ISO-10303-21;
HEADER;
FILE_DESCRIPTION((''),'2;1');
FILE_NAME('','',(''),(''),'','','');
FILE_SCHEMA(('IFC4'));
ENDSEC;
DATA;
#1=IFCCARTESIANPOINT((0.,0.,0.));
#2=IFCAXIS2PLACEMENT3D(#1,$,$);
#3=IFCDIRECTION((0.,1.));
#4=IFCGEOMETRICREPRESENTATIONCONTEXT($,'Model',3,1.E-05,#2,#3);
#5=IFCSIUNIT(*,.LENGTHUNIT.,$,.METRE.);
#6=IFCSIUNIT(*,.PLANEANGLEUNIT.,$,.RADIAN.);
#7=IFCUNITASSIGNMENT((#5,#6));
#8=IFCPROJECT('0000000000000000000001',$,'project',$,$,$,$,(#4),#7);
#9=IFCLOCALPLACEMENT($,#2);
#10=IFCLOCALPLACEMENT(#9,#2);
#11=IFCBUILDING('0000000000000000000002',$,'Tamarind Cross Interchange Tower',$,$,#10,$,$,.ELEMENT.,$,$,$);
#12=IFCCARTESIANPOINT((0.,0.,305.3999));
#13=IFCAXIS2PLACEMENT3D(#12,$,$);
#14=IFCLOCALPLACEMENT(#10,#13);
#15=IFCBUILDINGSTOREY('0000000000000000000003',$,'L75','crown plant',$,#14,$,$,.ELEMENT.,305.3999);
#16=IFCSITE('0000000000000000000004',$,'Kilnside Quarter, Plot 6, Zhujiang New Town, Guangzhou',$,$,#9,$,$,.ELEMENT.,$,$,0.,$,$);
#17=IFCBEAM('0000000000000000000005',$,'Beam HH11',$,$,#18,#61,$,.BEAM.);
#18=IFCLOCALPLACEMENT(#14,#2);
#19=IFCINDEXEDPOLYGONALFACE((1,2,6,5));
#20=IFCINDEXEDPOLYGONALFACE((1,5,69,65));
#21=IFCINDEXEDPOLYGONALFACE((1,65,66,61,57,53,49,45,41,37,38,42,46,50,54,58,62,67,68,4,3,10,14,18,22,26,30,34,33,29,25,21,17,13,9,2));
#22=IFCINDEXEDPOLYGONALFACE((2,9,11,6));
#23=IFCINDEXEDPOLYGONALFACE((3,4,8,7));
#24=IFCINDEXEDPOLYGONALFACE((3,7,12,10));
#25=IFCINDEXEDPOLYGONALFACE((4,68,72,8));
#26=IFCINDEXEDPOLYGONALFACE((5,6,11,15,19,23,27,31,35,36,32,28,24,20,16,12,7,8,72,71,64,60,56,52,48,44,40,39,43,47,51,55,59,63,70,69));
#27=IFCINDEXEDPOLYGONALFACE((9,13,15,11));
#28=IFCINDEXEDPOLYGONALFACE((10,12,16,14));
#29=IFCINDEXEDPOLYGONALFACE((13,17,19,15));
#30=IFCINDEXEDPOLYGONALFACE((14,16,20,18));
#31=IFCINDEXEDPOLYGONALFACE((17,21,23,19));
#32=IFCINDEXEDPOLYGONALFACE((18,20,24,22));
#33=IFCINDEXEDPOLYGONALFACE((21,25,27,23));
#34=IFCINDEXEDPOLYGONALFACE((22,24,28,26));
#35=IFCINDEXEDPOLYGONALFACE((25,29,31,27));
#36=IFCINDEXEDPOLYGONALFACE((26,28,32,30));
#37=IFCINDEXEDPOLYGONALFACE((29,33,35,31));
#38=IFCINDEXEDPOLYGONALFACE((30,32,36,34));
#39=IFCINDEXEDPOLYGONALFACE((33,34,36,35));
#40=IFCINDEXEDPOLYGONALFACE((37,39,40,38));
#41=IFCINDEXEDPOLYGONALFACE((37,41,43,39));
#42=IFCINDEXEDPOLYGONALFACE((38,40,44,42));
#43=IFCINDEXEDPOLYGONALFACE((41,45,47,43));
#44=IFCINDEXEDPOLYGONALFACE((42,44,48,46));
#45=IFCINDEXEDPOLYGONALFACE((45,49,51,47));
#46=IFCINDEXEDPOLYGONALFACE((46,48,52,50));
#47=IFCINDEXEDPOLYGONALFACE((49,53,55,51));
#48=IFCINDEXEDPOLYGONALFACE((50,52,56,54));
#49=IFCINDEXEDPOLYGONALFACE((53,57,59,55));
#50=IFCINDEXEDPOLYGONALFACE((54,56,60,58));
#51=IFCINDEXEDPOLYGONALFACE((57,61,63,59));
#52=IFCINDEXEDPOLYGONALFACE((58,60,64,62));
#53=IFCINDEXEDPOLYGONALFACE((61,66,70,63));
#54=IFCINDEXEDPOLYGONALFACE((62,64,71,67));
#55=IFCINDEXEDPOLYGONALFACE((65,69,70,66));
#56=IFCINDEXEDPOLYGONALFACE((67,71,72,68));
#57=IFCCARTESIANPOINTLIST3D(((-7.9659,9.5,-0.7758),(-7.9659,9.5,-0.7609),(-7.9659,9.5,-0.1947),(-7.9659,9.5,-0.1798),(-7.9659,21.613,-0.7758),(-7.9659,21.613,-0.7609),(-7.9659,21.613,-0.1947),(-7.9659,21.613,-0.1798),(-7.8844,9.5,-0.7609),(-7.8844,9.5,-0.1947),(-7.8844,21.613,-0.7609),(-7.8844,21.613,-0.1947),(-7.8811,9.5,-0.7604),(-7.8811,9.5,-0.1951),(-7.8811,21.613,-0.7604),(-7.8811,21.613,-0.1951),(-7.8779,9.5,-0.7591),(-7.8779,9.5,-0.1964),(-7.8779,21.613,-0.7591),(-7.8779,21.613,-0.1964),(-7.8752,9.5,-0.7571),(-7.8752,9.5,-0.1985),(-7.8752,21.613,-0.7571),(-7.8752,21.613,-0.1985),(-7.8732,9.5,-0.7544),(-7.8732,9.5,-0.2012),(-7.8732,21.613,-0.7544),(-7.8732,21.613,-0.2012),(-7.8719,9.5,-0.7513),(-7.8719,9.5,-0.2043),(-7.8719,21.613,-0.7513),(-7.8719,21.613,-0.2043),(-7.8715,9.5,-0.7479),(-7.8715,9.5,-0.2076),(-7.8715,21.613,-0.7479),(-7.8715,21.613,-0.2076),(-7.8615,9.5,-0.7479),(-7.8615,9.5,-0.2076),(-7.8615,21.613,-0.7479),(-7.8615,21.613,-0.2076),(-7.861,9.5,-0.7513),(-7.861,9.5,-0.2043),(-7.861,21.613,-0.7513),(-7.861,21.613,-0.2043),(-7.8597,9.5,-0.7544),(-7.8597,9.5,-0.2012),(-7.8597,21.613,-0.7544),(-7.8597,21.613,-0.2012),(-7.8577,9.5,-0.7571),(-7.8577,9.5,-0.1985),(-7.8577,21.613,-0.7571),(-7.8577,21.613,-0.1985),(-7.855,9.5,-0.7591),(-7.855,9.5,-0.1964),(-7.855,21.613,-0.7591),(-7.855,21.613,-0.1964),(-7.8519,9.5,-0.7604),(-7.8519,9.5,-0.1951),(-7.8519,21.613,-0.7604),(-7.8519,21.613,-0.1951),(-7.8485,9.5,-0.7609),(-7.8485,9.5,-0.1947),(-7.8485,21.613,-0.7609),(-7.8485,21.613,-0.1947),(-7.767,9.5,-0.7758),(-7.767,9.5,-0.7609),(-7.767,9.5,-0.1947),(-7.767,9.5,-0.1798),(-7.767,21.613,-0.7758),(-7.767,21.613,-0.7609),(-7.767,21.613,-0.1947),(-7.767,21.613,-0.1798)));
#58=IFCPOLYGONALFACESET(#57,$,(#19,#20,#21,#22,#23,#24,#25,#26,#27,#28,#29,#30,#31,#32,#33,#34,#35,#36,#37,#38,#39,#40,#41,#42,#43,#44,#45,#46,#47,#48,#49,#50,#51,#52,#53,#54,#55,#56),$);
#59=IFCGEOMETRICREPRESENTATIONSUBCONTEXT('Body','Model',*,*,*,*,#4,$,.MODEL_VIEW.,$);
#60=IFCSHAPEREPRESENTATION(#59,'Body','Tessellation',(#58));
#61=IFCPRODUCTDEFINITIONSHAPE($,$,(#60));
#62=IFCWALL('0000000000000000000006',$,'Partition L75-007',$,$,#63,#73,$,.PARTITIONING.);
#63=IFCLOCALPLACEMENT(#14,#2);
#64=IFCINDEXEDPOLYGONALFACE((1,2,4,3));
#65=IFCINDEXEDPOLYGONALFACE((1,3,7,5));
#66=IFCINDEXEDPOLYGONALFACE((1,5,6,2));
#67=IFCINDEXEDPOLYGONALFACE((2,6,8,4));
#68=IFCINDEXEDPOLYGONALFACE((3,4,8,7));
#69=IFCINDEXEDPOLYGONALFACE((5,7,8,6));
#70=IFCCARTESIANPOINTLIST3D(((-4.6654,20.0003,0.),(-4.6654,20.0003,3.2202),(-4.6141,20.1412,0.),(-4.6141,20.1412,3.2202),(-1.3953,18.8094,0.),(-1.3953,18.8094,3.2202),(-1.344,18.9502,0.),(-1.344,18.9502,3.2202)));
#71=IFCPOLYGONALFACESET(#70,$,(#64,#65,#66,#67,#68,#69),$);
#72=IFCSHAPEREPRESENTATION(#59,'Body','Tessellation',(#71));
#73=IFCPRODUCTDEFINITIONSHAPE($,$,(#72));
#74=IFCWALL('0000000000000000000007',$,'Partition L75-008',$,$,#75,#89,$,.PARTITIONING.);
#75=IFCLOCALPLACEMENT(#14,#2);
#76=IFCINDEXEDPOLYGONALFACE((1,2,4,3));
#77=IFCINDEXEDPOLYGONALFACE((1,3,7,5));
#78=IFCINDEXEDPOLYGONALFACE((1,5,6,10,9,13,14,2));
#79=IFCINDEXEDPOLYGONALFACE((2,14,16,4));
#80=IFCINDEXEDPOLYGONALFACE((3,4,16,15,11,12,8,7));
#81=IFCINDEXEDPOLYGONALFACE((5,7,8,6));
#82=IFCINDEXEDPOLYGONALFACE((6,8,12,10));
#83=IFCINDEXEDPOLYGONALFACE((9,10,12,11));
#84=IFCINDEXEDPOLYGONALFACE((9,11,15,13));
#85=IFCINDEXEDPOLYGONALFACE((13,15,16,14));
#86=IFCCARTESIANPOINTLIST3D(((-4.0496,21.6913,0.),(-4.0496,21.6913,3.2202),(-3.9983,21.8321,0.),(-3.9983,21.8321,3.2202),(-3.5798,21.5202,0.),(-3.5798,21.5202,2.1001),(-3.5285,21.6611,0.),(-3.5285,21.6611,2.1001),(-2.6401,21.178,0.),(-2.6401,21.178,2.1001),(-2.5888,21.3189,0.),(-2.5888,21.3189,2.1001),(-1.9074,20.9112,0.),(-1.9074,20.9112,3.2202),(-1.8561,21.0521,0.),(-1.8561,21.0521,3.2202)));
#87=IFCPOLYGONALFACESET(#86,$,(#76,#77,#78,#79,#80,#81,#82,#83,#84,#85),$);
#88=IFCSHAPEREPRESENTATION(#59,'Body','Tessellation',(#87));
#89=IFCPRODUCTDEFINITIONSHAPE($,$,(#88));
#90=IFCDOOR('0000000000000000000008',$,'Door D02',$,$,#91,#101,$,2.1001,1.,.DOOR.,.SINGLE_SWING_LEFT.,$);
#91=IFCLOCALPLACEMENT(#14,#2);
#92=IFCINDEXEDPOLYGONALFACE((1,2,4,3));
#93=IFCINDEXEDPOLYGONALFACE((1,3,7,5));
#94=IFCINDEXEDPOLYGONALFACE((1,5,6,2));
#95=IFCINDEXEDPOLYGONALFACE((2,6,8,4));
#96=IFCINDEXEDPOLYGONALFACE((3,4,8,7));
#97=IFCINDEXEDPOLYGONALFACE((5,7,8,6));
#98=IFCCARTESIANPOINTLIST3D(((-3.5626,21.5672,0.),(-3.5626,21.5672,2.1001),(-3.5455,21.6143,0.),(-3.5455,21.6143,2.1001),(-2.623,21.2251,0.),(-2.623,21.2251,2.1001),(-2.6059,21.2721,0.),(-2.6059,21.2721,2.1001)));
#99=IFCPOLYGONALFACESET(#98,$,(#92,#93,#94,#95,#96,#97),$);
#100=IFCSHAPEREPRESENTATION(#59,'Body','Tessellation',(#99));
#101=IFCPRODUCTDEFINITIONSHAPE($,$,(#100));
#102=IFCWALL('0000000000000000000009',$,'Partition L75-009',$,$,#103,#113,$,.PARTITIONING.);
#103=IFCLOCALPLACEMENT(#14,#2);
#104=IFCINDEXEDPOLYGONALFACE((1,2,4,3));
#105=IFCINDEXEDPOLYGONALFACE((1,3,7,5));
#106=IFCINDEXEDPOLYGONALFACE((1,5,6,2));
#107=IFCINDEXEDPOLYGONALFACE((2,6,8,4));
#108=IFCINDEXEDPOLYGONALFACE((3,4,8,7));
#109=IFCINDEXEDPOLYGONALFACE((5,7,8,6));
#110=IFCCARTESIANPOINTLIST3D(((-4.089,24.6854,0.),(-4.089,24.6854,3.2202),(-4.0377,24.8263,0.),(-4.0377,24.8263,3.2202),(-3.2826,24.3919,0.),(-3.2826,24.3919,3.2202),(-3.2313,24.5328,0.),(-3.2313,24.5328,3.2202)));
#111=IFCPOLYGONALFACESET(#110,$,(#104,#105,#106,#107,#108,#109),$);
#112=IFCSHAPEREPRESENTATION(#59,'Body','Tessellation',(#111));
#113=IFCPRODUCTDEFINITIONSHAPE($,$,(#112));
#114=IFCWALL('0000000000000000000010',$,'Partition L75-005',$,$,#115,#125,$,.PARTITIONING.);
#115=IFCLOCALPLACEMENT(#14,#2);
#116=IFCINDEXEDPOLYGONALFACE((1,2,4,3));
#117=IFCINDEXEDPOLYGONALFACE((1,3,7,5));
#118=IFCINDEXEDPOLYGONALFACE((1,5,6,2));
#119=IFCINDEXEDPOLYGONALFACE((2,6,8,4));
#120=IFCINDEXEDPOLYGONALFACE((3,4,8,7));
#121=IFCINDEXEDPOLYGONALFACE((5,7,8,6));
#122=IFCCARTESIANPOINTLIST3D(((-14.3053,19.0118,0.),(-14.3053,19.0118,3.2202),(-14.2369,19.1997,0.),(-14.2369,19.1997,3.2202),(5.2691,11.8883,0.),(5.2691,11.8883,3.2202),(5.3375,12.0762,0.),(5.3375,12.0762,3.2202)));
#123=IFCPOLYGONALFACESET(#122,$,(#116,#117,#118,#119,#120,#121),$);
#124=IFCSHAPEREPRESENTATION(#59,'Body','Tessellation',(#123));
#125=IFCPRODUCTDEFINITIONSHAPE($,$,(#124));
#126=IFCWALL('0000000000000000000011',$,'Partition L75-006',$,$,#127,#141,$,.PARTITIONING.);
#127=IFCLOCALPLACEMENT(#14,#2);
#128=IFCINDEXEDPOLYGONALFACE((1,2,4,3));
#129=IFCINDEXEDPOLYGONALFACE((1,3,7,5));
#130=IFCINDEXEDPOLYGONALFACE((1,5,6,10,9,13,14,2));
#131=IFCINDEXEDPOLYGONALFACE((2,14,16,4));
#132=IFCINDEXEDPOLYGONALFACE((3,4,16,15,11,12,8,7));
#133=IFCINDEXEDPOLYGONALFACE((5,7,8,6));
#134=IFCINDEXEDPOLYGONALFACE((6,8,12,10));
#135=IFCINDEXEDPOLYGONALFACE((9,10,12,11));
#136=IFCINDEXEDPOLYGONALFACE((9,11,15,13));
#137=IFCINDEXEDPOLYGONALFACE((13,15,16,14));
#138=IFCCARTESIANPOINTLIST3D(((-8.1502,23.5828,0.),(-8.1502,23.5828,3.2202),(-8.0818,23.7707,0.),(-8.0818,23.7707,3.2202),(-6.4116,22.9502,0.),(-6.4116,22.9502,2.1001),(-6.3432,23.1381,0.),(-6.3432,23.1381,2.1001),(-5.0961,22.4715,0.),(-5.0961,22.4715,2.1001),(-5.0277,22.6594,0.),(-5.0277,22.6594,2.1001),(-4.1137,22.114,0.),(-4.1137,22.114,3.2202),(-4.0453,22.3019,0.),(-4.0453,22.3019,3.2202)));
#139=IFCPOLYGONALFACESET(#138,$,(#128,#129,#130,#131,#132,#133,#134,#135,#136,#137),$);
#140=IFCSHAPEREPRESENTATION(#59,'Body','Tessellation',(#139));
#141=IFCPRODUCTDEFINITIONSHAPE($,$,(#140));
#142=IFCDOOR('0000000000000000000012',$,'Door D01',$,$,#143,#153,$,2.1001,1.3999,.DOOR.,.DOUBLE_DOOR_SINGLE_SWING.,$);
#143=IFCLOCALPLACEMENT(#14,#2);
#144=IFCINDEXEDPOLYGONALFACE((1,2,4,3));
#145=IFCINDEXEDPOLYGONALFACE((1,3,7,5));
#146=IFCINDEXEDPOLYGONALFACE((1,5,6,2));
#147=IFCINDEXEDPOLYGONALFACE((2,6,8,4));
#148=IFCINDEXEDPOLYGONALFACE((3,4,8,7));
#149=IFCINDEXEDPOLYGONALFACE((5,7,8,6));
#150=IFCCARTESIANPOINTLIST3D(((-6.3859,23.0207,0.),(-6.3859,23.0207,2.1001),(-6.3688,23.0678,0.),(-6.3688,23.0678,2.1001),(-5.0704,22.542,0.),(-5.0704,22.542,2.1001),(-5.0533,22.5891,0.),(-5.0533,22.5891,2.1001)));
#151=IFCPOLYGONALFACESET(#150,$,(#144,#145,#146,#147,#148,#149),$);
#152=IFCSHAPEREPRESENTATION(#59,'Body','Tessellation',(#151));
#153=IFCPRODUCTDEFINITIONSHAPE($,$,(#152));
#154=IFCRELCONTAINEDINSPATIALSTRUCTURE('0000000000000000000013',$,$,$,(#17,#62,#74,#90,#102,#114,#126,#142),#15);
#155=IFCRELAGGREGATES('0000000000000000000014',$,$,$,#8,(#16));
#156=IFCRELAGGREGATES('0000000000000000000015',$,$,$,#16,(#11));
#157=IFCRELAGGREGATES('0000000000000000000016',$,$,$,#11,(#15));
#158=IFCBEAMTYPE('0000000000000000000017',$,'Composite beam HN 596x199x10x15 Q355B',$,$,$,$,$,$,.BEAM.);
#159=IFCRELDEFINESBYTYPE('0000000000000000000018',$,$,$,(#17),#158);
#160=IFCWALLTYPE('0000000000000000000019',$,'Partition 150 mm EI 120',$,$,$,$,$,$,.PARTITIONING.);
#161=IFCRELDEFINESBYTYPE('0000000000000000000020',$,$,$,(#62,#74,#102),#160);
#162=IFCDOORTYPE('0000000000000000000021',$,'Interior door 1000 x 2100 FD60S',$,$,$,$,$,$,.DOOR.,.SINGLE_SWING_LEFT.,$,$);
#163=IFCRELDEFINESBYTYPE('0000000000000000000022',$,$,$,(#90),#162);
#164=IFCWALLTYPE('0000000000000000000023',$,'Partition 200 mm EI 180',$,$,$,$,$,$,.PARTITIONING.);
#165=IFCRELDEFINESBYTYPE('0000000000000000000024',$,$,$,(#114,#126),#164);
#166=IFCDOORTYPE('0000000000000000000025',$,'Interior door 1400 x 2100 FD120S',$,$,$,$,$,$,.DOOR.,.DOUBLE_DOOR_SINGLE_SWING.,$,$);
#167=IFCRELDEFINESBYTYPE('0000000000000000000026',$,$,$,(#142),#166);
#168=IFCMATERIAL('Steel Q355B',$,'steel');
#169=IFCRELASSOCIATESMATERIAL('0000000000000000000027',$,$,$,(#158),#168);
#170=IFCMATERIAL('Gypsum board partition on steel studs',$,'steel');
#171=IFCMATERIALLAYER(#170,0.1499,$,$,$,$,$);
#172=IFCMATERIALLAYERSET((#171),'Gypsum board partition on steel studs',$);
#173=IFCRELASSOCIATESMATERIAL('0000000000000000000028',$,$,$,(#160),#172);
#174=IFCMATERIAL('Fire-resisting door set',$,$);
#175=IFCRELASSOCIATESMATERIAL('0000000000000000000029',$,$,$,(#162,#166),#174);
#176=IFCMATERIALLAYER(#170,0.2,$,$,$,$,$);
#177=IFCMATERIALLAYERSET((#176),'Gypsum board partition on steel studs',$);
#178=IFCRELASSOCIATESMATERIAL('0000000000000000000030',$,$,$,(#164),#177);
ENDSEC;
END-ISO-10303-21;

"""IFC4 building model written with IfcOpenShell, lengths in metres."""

from ifc_helpers import new_model, si_unit, direction, frame, frame_2d, origin, origin_2d, place, context, subcontext, project, spatial, rectangle, i_section, extrude, material, layer, layer_set, material_profile, profile_set, type_object, element, fill, save


model = new_model("IFC4")

# Units and contexts
model_context = context("Model", 3, precision=1e-05, world=origin(), true_north=direction((0.0, 1.0)))
body_context = subcontext(model_context, "Body", "Model", "MODEL_VIEW")
ifc_project = project(units=[si_unit("LENGTHUNIT", "METRE"), si_unit("PLANEANGLEUNIT", "RADIAN")], contexts=[model_context])

# Site, building, storey
site_placement = place(None, origin())
site = spatial("IfcSite", under=ifc_project, at=site_placement, Name="Kilnside Quarter, Plot 6, Zhujiang New Town, Guangzhou", CompositionType="ELEMENT", RefElevation=0.0)
building_placement = place(site_placement, origin())
building = spatial("IfcBuilding", under=site, at=building_placement, Name="Tamarind Cross Interchange Tower", CompositionType="ELEMENT")
storey_placement = place(building_placement, frame((0.0, 0.0, 305.3999)))
storey = spatial("IfcBuildingStorey", under=building, at=storey_placement, Name="L75", Description="crown plant", CompositionType="ELEMENT", Elevation=305.3999)

# Beam
ifc_material_1 = material(Name="Steel Q355B", Category="steel")
ifc_material_profile_1 = material_profile(ifc_material_1, i_section(OverallWidth=0.199, OverallDepth=0.5959, WebThickness=0.01, FlangeThickness=0.0149, FilletRadius=0.0129, at=origin_2d()), Name="HN 596x199x10x15")
ifc_profile_set_1 = profile_set([ifc_material_profile_1], Name="Steel Q355B")
beam_type = type_object("IfcBeamType", Name="Composite beam HN 596x199x10x15 Q355B", PredefinedType="BEAM", material=ifc_profile_set_1)
beam_1_placement = place(storey_placement, frame((-7.8665, 21.613, -0.4778), z_axis=(0.0, -1.0, 0.0), x_axis=(1.0, 0.0, 0.0)))
element("IfcBeam", 1, at=beam_1_placement, inside=storey, type_object=beam_type, Name="Beam HH11", PredefinedType="BEAM", context=body_context, shape_type="SweptSolid", body=[
    extrude(i_section(OverallWidth=0.199, OverallDepth=0.5959, WebThickness=0.01, FlangeThickness=0.0149, FilletRadius=0.0129, at=origin_2d()), origin(), (0.0, 0.0, 1.0), 12.113),
])

# Wall
ifc_material_2 = material(Name="Gypsum board partition on steel studs", Category="steel")
ifc_layer_1 = layer(ifc_material_2, 0.1499)
ifc_layer_set_1 = layer_set([ifc_layer_1], Name="Gypsum board partition on steel studs")
wall_type_1 = type_object("IfcWallType", Name="Partition 150 mm EI 120", PredefinedType="PARTITIONING", material=ifc_layer_set_1)
wall_1_placement = place(storey_placement, frame((-4.6399, 20.0708, 0.0), z_axis=(0.0, 0.0, 1.0), x_axis=(0.939625, -0.342205, 0.0)))
element("IfcWall", 2, at=wall_1_placement, inside=storey, type_object=wall_type_1, Name="Partition L75-007", PredefinedType="PARTITIONING", context=body_context, shape_type="SweptSolid", body=[
    extrude(rectangle(XDim=3.4802, YDim=0.1499, at=frame_2d((1.7402, 0.0))), origin(), (0.0, 0.0, 1.0), 3.2202),
])

# Wall, opening, door
wall_2_placement = place(storey_placement, frame((-4.0239, 21.7617, 0.0), z_axis=(0.0, 0.0, 1.0), x_axis=(0.93964, -0.342164, 0.0)))
wall_2 = element("IfcWall", 3, at=wall_2_placement, inside=storey, type_object=wall_type_1, Name="Partition L75-008", PredefinedType="PARTITIONING", context=body_context, shape_type="SweptSolid", body=[
    extrude(rectangle(XDim=2.2798, YDim=0.1499, at=frame_2d((1.1399, 0.0))), origin(), (0.0, 0.0, 1.0), 3.2202),
])
opening_1_placement = place(wall_2_placement, frame((0.5, 0.0, 0.0)))
opening_1 = element("IfcOpeningElement", 4, at=opening_1_placement, cuts=wall_2, PredefinedType="OPENING", context=body_context, shape_type="SweptSolid", body=[
    extrude(rectangle(XDim=1.0, YDim=2.1001, at=frame_2d((0.5, 1.05))), frame((0.0, 0.085, 0.0), z_axis=(0.0, -1.0, 0.0), x_axis=(1.0, 0.0, 0.0)), (0.0, 0.0, 1.0), 0.1699),
])
ifc_material_3 = material(Name="Fire-resisting door set")
door_type_1 = type_object("IfcDoorType", Name="Interior door 1000 x 2100 FD60S", OperationType="SINGLE_SWING_LEFT", PredefinedType="DOOR", material=ifc_material_3)
door_1_placement = place(opening_1_placement, frame((1.0, 0.0, 0.0), z_axis=(0.0, 0.0, 1.0), x_axis=(-1.0, 0.0, 0.0)))
door_1 = element("IfcDoor", 5, at=door_1_placement, inside=storey, type_object=door_type_1, Name="Door D02", OperationType="SINGLE_SWING_LEFT", OverallHeight=2.1001, OverallWidth=1.0, PredefinedType="DOOR", context=body_context, shape_type="SweptSolid", body=[
    extrude(rectangle(XDim=1.0, YDim=2.1001, at=frame_2d((0.5, 1.05))), frame((0.0, 0.0249, 0.0), z_axis=(0.0, -1.0, 0.0), x_axis=(1.0, 0.0, 0.0)), (0.0, 0.0, 1.0), 0.05),
])
fill(opening_1, door_1)

# Walls
wall_3_placement = place(storey_placement, frame((-4.0635, 24.7559, 0.0), z_axis=(0.0, 0.0, 1.0), x_axis=(0.93971, -0.341971, 0.0)))
element("IfcWall", 6, at=wall_3_placement, inside=storey, type_object=wall_type_1, Name="Partition L75-009", PredefinedType="PARTITIONING", context=body_context, shape_type="SweptSolid", body=[
    extrude(rectangle(XDim=0.8582, YDim=0.1499, at=frame_2d((0.4292, 0.0))), origin(), (0.0, 0.0, 1.0), 3.2202),
])
ifc_layer_2 = layer(ifc_material_2, 0.2)
ifc_layer_set_2 = layer_set([ifc_layer_2], Name="Gypsum board partition on steel studs")
wall_type_2 = type_object("IfcWallType", Name="Partition 200 mm EI 180", PredefinedType="PARTITIONING", material=ifc_layer_set_2)
wall_4_placement = place(storey_placement, frame((-14.271, 19.1057, 0.0), z_axis=(0.0, 0.0, 1.0), x_axis=(0.939708, -0.341978, 0.0)))
element("IfcWall", 7, at=wall_4_placement, inside=storey, type_object=wall_type_2, Name="Partition L75-005", PredefinedType="PARTITIONING", context=body_context, shape_type="SweptSolid", body=[
    extrude(rectangle(XDim=20.8303, YDim=0.2, at=frame_2d((10.415, 0.0))), origin(), (0.0, 0.0, 1.0), 3.2202),
])

# Wall, opening, door
wall_5_placement = place(storey_placement, frame((-8.116, 23.6768, 0.0), z_axis=(0.0, 0.0, 1.0), x_axis=(0.93972, -0.341944, 0.0)))
wall_5 = element("IfcWall", 8, at=wall_5_placement, inside=storey, type_object=wall_type_2, Name="Partition L75-006", PredefinedType="PARTITIONING", context=body_context, shape_type="SweptSolid", body=[
    extrude(rectangle(XDim=4.2954, YDim=0.2, at=frame_2d((2.1477, 0.0))), origin(), (0.0, 0.0, 1.0), 3.2202),
])
opening_2_placement = place(wall_5_placement, frame((1.8501, 0.0, 0.0)))
opening_2 = element("IfcOpeningElement", 9, at=opening_2_placement, cuts=wall_5, PredefinedType="OPENING", context=body_context, shape_type="SweptSolid", body=[
    extrude(rectangle(XDim=1.3999, YDim=2.1001, at=frame_2d((0.7, 1.05))), frame((0.0, 0.1099, 0.0), z_axis=(0.0, -1.0, 0.0), x_axis=(1.0, 0.0, 0.0)), (0.0, 0.0, 1.0), 0.22),
])
door_type_2 = type_object("IfcDoorType", Name="Interior door 1400 x 2100 FD120S", OperationType="DOUBLE_DOOR_SINGLE_SWING", PredefinedType="DOOR", material=ifc_material_3)
door_2_placement = place(opening_2_placement, frame((1.3999, 0.0, 0.0), z_axis=(0.0, 0.0, 1.0), x_axis=(-1.0, 0.0, 0.0)))
door_2 = element("IfcDoor", 10, at=door_2_placement, inside=storey, type_object=door_type_2, Name="Door D01", OperationType="DOUBLE_DOOR_SINGLE_SWING", OverallHeight=2.1001, OverallWidth=1.3999, PredefinedType="DOOR", context=body_context, shape_type="SweptSolid", body=[
    extrude(rectangle(XDim=1.3999, YDim=2.1001, at=frame_2d((0.7, 1.05))), frame((0.0, 0.0249, 0.0), z_axis=(0.0, -1.0, 0.0), x_axis=(1.0, 0.0, 0.0)), (0.0, 0.0, 1.0), 0.05),
])
fill(opening_2, door_2)

save(model, "model.ifc")
